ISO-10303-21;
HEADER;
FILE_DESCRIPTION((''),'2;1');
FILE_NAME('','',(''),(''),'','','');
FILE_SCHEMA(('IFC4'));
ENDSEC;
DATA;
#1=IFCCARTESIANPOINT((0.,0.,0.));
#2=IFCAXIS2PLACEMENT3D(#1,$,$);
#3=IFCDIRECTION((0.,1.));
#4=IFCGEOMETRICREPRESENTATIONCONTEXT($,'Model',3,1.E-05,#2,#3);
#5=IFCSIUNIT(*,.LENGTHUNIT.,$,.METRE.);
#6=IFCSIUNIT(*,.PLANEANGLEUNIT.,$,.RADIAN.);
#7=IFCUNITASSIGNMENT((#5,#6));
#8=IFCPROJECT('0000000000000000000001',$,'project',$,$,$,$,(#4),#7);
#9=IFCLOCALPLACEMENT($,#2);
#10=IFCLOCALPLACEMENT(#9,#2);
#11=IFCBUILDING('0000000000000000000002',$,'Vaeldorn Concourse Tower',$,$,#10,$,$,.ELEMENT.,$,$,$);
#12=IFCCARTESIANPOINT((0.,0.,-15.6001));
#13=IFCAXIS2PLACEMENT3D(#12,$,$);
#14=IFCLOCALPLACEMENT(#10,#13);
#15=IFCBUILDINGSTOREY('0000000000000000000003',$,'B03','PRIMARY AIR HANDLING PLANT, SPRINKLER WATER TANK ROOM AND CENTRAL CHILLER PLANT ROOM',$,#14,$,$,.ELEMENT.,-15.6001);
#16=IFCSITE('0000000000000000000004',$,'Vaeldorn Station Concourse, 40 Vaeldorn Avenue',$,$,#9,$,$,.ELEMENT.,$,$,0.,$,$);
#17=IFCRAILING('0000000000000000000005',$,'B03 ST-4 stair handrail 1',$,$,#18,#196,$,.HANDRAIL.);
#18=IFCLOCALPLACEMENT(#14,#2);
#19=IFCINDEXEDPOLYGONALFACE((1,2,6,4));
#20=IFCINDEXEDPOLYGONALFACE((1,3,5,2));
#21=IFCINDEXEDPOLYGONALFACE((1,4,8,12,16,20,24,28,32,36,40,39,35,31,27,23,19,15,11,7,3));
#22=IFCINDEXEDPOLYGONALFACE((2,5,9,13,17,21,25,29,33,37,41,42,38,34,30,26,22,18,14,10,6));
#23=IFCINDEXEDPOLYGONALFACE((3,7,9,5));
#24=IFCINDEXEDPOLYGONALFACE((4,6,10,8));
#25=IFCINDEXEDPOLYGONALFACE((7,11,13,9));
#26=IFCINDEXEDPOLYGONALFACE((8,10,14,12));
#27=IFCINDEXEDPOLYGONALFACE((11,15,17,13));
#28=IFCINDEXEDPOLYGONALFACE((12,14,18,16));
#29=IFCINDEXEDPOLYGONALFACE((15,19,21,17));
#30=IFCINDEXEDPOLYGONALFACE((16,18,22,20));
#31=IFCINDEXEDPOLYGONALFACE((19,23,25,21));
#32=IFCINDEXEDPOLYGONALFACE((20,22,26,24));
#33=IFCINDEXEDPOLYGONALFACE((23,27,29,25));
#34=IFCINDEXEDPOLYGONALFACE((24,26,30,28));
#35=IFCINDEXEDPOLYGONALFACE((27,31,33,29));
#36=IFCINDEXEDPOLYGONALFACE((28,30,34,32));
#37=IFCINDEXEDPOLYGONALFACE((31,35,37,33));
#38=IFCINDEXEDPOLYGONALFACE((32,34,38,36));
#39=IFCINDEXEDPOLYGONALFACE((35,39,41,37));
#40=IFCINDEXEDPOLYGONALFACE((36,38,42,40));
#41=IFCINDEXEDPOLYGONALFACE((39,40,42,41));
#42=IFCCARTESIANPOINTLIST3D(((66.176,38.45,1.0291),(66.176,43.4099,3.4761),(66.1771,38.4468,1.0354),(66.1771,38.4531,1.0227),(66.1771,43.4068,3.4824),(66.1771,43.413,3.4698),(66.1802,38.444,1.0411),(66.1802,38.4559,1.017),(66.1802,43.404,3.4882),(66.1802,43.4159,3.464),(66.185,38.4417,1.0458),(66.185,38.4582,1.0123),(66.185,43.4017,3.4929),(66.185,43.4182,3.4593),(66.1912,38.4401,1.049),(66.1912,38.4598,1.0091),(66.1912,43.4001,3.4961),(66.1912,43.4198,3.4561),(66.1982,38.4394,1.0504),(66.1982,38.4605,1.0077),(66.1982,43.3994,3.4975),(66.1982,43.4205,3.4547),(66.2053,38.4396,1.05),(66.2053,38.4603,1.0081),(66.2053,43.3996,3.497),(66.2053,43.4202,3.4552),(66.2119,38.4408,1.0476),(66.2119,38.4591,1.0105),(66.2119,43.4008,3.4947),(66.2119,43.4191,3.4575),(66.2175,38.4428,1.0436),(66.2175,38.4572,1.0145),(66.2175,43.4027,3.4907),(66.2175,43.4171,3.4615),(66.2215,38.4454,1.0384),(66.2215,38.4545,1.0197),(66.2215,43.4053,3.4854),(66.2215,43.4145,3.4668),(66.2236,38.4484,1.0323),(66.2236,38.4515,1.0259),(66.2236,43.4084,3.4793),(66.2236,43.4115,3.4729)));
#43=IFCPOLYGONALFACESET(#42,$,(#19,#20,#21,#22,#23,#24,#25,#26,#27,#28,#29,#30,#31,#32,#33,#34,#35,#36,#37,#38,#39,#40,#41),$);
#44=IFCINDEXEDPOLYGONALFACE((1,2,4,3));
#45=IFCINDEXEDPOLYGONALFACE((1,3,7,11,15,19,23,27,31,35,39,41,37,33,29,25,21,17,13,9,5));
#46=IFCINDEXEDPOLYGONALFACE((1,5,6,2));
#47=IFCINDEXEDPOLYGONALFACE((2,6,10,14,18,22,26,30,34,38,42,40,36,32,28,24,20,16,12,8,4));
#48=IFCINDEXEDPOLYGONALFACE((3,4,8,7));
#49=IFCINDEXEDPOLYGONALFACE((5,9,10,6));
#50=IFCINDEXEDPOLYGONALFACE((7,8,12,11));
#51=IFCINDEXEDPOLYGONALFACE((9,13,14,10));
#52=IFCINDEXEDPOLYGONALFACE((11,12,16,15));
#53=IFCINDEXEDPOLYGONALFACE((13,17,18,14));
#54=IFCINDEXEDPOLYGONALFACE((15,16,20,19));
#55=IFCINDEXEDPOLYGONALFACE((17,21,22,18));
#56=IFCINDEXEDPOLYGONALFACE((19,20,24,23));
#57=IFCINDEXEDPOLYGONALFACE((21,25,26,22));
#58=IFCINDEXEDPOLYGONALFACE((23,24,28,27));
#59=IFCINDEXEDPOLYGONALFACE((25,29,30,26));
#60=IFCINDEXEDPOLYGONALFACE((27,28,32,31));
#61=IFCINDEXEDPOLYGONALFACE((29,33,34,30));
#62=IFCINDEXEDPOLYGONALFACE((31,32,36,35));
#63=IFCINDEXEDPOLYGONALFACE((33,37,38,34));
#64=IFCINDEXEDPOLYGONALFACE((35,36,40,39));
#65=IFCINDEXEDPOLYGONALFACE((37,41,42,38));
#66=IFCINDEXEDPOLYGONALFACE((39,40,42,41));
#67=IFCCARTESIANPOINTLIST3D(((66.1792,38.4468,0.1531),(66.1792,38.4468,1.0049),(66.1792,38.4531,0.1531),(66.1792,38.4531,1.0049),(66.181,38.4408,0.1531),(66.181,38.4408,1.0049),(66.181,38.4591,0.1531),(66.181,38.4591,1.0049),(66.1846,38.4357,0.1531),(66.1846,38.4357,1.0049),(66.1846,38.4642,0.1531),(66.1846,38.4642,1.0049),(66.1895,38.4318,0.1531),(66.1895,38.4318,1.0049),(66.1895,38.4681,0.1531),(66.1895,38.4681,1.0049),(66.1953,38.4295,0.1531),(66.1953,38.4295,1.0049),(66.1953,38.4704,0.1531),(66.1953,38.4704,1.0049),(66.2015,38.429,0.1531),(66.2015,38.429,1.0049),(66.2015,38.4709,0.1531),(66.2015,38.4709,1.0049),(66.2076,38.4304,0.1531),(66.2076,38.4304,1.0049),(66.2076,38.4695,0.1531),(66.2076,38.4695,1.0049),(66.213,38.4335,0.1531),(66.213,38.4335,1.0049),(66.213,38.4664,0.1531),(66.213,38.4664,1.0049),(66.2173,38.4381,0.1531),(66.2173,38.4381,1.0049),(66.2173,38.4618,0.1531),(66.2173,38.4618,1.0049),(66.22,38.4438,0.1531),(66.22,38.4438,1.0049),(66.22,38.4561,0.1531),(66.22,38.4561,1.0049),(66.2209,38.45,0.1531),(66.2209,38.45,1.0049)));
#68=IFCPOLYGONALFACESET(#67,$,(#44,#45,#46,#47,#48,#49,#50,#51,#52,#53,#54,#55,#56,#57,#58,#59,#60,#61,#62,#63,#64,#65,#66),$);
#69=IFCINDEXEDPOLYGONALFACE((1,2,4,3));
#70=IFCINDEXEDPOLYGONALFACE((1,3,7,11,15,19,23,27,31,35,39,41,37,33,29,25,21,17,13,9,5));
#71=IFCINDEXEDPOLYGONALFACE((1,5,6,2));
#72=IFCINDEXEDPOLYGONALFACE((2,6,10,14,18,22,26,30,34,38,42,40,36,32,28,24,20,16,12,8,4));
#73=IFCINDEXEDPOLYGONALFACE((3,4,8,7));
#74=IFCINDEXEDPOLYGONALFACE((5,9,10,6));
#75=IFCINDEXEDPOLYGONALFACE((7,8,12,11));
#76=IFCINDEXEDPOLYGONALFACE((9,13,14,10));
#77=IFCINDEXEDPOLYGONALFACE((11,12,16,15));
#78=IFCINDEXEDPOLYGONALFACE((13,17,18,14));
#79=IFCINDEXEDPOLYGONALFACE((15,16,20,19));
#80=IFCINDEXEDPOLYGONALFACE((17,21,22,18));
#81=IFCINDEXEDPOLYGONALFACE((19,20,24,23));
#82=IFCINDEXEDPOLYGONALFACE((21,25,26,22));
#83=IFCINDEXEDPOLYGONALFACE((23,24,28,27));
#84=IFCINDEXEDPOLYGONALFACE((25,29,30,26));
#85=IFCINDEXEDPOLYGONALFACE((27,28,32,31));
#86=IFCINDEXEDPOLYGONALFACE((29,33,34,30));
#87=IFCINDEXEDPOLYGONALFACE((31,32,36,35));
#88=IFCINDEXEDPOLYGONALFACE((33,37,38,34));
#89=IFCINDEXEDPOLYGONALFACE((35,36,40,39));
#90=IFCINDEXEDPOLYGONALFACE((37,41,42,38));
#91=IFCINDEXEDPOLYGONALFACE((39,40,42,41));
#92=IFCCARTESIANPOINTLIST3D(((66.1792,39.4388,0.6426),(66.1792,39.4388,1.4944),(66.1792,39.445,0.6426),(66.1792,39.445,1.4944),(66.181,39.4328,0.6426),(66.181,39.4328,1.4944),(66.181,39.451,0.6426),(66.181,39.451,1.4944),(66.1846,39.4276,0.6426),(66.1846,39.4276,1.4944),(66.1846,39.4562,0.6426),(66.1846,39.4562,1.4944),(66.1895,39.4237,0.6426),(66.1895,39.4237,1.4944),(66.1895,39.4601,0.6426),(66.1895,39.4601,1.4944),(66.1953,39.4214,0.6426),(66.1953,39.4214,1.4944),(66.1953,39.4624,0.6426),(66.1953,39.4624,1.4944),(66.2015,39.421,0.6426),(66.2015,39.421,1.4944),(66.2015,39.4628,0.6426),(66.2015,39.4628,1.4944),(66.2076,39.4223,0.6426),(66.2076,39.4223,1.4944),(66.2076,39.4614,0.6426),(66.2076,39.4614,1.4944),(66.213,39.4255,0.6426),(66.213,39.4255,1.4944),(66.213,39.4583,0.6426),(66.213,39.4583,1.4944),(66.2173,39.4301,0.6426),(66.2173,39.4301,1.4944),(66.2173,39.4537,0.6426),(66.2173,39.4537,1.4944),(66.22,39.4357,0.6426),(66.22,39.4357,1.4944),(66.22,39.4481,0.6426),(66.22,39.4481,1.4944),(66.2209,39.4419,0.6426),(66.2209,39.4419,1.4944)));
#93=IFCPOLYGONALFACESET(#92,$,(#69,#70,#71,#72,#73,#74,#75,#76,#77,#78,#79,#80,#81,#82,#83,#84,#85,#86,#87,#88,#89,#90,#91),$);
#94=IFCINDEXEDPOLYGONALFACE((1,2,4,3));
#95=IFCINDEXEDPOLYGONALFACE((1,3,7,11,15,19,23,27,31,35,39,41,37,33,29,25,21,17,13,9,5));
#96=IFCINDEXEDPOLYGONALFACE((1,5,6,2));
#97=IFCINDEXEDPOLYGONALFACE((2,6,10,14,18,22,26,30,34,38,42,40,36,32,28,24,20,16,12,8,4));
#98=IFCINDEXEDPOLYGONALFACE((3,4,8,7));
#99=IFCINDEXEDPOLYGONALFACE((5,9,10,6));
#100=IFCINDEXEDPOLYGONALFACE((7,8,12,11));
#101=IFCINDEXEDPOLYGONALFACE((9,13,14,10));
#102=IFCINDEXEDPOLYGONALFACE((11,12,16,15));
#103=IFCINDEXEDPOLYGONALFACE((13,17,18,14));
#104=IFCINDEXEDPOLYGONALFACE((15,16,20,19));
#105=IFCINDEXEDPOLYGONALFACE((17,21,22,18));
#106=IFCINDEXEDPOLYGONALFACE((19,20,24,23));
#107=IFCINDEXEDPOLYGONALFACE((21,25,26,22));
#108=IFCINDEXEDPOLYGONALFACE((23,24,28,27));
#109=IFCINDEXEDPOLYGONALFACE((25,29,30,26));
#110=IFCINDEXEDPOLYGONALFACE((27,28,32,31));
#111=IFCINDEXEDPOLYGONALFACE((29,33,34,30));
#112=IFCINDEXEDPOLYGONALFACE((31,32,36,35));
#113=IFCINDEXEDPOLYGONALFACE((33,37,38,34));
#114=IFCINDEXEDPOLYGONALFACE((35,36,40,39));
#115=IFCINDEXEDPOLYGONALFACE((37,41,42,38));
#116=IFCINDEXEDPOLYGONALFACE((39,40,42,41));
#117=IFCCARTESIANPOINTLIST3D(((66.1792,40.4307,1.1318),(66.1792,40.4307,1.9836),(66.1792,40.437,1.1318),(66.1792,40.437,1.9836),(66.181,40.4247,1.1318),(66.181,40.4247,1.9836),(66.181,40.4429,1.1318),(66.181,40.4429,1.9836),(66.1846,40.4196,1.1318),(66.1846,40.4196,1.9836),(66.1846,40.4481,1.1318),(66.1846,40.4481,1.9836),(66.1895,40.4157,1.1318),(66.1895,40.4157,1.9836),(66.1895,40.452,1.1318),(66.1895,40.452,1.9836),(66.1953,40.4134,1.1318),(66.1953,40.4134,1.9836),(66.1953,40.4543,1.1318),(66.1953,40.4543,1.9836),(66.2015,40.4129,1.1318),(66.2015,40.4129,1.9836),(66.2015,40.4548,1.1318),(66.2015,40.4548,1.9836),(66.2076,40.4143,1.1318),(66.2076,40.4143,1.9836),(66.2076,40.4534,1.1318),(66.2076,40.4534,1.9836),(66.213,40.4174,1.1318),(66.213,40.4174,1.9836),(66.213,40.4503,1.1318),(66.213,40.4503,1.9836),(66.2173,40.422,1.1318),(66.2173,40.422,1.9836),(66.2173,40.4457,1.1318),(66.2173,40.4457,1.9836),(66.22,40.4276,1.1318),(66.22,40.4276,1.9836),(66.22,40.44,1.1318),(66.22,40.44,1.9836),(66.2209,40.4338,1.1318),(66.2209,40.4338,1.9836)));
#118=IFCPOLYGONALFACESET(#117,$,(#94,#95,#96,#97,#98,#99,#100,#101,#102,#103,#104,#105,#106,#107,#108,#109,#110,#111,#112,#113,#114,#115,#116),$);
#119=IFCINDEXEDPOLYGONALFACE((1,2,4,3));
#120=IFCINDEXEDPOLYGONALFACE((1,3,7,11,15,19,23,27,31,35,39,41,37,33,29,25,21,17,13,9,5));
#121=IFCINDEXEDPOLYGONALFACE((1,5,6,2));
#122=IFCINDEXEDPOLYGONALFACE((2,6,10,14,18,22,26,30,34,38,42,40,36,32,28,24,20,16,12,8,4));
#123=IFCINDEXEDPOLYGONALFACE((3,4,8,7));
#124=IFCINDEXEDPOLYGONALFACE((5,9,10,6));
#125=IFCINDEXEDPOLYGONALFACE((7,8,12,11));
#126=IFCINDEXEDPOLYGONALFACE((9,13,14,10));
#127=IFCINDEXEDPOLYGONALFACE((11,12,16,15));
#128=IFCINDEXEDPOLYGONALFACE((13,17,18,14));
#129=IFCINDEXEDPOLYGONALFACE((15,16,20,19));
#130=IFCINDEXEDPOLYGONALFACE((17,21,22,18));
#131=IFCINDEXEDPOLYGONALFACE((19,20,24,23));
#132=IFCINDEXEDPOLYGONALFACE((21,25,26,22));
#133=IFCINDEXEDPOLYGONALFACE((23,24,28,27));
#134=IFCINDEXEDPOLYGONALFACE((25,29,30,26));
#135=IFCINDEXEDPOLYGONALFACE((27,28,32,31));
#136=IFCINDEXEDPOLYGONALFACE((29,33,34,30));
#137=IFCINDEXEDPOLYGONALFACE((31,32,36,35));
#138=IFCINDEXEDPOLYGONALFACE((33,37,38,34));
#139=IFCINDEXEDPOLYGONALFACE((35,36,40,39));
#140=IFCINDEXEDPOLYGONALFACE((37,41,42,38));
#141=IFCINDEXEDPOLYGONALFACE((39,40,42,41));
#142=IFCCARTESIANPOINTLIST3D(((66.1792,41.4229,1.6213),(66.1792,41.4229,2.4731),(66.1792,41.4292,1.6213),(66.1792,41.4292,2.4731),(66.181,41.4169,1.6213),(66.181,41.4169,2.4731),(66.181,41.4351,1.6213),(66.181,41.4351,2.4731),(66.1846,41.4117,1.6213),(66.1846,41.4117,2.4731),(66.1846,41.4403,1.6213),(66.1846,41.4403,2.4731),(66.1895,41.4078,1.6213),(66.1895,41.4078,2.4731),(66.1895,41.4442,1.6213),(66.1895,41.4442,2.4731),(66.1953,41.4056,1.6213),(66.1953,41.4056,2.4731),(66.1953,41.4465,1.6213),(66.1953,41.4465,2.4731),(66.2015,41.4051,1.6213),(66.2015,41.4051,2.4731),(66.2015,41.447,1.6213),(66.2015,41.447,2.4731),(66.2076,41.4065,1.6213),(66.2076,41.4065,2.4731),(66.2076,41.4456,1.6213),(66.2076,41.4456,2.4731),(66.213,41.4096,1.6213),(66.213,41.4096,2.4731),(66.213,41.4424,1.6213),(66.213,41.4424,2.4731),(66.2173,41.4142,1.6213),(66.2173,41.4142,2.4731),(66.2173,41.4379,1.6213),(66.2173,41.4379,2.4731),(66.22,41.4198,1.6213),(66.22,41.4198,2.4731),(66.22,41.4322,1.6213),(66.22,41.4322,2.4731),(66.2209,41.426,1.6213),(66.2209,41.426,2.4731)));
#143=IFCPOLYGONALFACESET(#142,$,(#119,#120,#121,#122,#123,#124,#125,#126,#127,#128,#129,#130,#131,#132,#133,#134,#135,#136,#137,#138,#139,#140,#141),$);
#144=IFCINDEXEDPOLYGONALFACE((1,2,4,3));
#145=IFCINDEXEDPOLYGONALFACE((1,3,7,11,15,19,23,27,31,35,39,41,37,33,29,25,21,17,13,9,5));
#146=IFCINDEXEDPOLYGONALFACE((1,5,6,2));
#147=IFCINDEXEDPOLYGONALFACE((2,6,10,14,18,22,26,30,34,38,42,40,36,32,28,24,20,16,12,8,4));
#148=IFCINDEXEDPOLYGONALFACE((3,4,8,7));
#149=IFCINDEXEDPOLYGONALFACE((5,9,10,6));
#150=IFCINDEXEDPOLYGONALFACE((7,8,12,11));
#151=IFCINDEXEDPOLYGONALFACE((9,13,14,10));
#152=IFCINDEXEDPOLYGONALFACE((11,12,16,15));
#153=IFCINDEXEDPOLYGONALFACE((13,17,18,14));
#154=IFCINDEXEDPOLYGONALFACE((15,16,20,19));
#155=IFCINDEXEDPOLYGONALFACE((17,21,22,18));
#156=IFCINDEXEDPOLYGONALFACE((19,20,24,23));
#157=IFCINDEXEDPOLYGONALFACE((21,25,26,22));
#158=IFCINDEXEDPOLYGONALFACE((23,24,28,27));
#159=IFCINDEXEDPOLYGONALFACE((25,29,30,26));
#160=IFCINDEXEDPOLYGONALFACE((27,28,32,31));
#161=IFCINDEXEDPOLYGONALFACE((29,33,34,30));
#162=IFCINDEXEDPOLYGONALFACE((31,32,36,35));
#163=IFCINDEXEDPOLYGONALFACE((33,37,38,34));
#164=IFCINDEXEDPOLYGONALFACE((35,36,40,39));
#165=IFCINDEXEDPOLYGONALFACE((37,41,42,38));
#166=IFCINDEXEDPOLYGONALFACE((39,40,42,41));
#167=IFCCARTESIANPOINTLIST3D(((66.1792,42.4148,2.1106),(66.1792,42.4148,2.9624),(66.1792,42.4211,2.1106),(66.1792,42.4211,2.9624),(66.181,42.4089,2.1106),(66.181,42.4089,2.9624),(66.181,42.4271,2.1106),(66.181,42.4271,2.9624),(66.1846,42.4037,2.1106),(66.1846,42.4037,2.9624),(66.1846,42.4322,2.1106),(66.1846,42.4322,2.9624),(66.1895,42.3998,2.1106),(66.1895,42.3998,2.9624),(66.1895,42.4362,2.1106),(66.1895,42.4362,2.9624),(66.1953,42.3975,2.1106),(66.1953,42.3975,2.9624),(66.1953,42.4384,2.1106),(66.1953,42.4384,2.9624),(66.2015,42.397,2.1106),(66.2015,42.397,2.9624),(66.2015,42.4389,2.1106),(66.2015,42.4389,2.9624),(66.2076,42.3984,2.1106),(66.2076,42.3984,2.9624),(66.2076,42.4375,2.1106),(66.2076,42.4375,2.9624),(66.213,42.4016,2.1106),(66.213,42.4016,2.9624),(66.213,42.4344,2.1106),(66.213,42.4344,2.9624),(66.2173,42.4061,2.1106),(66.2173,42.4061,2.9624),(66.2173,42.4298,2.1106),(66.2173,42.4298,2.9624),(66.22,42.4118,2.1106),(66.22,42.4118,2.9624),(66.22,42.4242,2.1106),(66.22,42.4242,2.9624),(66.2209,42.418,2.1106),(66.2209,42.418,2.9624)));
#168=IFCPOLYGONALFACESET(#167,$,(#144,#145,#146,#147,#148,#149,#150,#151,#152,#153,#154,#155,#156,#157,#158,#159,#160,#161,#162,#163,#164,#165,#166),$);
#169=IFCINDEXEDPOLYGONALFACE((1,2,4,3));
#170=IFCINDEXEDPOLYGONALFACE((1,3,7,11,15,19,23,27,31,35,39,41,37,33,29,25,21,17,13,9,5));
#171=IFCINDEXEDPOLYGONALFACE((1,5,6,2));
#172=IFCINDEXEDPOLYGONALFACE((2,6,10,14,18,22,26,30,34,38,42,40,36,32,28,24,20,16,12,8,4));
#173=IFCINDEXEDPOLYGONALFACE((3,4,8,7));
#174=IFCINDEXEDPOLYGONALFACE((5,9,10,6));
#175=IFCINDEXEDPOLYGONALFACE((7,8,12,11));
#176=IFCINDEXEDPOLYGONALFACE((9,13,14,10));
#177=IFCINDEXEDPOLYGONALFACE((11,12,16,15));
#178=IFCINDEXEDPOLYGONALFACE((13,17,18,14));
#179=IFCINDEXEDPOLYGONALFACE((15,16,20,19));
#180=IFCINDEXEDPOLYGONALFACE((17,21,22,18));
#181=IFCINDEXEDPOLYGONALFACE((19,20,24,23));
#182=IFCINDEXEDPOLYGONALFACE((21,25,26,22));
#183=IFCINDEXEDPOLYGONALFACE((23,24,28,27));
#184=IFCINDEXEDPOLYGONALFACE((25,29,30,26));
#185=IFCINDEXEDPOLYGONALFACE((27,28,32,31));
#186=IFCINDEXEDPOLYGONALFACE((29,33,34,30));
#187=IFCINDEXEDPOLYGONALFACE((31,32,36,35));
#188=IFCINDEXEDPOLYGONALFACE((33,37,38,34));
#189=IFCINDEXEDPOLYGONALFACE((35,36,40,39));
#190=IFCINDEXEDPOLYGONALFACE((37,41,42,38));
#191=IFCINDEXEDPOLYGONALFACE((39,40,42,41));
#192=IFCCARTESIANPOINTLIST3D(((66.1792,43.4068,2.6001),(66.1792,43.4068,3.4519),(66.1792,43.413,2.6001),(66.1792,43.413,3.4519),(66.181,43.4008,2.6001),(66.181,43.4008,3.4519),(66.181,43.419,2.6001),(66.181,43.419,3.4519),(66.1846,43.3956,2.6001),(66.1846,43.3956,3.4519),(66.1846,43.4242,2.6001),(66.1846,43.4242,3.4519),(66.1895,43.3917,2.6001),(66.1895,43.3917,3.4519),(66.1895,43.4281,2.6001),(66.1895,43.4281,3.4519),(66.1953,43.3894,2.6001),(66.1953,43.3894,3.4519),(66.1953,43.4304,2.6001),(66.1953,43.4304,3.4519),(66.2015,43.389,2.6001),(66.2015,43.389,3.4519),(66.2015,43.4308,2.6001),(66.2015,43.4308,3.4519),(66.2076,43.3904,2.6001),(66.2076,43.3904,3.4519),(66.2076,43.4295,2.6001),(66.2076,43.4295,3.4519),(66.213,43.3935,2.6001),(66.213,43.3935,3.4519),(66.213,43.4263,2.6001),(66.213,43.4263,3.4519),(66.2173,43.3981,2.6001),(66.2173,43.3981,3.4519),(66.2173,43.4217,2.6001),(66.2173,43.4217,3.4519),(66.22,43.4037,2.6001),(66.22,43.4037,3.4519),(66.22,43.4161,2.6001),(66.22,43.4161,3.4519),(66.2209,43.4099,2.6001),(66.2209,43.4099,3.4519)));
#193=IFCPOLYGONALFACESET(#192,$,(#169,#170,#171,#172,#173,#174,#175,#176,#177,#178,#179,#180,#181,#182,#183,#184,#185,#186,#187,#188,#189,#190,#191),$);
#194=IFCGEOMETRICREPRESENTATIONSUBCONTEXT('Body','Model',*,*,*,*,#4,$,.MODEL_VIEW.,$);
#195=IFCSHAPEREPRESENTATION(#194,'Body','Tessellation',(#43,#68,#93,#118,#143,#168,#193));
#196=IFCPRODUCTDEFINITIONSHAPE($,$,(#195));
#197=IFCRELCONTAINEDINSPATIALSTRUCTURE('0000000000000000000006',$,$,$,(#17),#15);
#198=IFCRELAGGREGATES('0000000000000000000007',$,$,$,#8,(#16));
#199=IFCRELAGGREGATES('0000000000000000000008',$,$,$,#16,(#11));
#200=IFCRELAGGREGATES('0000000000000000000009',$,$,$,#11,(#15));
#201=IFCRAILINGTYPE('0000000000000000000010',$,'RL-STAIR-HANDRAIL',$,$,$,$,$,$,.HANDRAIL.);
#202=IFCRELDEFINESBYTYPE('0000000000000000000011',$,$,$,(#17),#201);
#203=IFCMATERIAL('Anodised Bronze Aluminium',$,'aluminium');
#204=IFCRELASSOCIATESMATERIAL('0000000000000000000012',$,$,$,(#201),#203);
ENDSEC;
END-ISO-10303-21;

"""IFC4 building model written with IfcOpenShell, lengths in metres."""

from ifc_helpers import new_model, si_unit, direction, frame, origin, origin_2d, place, context, subcontext, project, spatial, circle, extrude, material, type_object, element, save


model = new_model("IFC4")

# Units and contexts
model_context = context("Model", 3, precision=1e-05, world=origin(), true_north=direction((0.0, 1.0)))
body_context = subcontext(model_context, "Body", "Model", "MODEL_VIEW")
ifc_project = project(units=[si_unit("LENGTHUNIT", "METRE"), si_unit("PLANEANGLEUNIT", "RADIAN")], contexts=[model_context])

# Site, building, storey
site_placement = place(None, origin())
site = spatial("IfcSite", under=ifc_project, at=site_placement, Name="Vaeldorn Station Concourse, 40 Vaeldorn Avenue", CompositionType="ELEMENT", RefElevation=0.0)
building_placement = place(site_placement, origin())
building = spatial("IfcBuilding", under=site, at=building_placement, Name="Vaeldorn Concourse Tower", CompositionType="ELEMENT")
storey_placement = place(building_placement, frame((0.0, 0.0, -15.6001)))
storey = spatial("IfcBuildingStorey", under=building, at=storey_placement, Name="B03", Description="PRIMARY AIR HANDLING PLANT, SPRINKLER WATER TANK ROOM AND CENTRAL CHILLER PLANT ROOM", CompositionType="ELEMENT", Elevation=-15.6001)

# Railing
ifc_material_1 = material(Name="Anodised Bronze Aluminium", Category="aluminium")
railing_type_1 = type_object("IfcRailingType", Name="RL-STAIR-HANDRAIL", PredefinedType="HANDRAIL", material=ifc_material_1)
railing_1_placement = place(storey_placement, frame((66.2, 38.45, 0.1531)))
element("IfcRailing", 1, at=railing_1_placement, inside=storey, type_object=railing_type_1, Name="B03 ST-4 stair handrail 1", PredefinedType="HANDRAIL", context=body_context, shape_type="SweptSolid", body=[
    extrude(circle(Radius=0.0239, at=origin_2d()), frame((0.0, 0.0, 0.876), z_axis=(0.0, 0.896798, 0.44244), x_axis=(-1.0, 0.0, 0.0)), (0.0, 0.0, 1.0), 5.5308),
    extrude(circle(Radius=0.021, at=origin_2d()), origin(), (0.0, 0.0, 1.0), 0.8518),
    extrude(circle(Radius=0.021, at=origin_2d()), frame((0.0, 0.9919, 0.4895)), (0.0, 0.0, 1.0), 0.8518),
    extrude(circle(Radius=0.021, at=origin_2d()), frame((0.0, 1.9839, 0.9788)), (0.0, 0.0, 1.0), 0.8518),
    extrude(circle(Radius=0.021, at=origin_2d()), frame((0.0, 2.9761, 1.4683)), (0.0, 0.0, 1.0), 0.8518),
    extrude(circle(Radius=0.021, at=origin_2d()), frame((0.0, 3.968, 1.9575)), (0.0, 0.0, 1.0), 0.8518),
    extrude(circle(Radius=0.021, at=origin_2d()), frame((0.0, 4.96, 2.447)), (0.0, 0.0, 1.0), 0.8518),
])

save(model, "model.ifc")
